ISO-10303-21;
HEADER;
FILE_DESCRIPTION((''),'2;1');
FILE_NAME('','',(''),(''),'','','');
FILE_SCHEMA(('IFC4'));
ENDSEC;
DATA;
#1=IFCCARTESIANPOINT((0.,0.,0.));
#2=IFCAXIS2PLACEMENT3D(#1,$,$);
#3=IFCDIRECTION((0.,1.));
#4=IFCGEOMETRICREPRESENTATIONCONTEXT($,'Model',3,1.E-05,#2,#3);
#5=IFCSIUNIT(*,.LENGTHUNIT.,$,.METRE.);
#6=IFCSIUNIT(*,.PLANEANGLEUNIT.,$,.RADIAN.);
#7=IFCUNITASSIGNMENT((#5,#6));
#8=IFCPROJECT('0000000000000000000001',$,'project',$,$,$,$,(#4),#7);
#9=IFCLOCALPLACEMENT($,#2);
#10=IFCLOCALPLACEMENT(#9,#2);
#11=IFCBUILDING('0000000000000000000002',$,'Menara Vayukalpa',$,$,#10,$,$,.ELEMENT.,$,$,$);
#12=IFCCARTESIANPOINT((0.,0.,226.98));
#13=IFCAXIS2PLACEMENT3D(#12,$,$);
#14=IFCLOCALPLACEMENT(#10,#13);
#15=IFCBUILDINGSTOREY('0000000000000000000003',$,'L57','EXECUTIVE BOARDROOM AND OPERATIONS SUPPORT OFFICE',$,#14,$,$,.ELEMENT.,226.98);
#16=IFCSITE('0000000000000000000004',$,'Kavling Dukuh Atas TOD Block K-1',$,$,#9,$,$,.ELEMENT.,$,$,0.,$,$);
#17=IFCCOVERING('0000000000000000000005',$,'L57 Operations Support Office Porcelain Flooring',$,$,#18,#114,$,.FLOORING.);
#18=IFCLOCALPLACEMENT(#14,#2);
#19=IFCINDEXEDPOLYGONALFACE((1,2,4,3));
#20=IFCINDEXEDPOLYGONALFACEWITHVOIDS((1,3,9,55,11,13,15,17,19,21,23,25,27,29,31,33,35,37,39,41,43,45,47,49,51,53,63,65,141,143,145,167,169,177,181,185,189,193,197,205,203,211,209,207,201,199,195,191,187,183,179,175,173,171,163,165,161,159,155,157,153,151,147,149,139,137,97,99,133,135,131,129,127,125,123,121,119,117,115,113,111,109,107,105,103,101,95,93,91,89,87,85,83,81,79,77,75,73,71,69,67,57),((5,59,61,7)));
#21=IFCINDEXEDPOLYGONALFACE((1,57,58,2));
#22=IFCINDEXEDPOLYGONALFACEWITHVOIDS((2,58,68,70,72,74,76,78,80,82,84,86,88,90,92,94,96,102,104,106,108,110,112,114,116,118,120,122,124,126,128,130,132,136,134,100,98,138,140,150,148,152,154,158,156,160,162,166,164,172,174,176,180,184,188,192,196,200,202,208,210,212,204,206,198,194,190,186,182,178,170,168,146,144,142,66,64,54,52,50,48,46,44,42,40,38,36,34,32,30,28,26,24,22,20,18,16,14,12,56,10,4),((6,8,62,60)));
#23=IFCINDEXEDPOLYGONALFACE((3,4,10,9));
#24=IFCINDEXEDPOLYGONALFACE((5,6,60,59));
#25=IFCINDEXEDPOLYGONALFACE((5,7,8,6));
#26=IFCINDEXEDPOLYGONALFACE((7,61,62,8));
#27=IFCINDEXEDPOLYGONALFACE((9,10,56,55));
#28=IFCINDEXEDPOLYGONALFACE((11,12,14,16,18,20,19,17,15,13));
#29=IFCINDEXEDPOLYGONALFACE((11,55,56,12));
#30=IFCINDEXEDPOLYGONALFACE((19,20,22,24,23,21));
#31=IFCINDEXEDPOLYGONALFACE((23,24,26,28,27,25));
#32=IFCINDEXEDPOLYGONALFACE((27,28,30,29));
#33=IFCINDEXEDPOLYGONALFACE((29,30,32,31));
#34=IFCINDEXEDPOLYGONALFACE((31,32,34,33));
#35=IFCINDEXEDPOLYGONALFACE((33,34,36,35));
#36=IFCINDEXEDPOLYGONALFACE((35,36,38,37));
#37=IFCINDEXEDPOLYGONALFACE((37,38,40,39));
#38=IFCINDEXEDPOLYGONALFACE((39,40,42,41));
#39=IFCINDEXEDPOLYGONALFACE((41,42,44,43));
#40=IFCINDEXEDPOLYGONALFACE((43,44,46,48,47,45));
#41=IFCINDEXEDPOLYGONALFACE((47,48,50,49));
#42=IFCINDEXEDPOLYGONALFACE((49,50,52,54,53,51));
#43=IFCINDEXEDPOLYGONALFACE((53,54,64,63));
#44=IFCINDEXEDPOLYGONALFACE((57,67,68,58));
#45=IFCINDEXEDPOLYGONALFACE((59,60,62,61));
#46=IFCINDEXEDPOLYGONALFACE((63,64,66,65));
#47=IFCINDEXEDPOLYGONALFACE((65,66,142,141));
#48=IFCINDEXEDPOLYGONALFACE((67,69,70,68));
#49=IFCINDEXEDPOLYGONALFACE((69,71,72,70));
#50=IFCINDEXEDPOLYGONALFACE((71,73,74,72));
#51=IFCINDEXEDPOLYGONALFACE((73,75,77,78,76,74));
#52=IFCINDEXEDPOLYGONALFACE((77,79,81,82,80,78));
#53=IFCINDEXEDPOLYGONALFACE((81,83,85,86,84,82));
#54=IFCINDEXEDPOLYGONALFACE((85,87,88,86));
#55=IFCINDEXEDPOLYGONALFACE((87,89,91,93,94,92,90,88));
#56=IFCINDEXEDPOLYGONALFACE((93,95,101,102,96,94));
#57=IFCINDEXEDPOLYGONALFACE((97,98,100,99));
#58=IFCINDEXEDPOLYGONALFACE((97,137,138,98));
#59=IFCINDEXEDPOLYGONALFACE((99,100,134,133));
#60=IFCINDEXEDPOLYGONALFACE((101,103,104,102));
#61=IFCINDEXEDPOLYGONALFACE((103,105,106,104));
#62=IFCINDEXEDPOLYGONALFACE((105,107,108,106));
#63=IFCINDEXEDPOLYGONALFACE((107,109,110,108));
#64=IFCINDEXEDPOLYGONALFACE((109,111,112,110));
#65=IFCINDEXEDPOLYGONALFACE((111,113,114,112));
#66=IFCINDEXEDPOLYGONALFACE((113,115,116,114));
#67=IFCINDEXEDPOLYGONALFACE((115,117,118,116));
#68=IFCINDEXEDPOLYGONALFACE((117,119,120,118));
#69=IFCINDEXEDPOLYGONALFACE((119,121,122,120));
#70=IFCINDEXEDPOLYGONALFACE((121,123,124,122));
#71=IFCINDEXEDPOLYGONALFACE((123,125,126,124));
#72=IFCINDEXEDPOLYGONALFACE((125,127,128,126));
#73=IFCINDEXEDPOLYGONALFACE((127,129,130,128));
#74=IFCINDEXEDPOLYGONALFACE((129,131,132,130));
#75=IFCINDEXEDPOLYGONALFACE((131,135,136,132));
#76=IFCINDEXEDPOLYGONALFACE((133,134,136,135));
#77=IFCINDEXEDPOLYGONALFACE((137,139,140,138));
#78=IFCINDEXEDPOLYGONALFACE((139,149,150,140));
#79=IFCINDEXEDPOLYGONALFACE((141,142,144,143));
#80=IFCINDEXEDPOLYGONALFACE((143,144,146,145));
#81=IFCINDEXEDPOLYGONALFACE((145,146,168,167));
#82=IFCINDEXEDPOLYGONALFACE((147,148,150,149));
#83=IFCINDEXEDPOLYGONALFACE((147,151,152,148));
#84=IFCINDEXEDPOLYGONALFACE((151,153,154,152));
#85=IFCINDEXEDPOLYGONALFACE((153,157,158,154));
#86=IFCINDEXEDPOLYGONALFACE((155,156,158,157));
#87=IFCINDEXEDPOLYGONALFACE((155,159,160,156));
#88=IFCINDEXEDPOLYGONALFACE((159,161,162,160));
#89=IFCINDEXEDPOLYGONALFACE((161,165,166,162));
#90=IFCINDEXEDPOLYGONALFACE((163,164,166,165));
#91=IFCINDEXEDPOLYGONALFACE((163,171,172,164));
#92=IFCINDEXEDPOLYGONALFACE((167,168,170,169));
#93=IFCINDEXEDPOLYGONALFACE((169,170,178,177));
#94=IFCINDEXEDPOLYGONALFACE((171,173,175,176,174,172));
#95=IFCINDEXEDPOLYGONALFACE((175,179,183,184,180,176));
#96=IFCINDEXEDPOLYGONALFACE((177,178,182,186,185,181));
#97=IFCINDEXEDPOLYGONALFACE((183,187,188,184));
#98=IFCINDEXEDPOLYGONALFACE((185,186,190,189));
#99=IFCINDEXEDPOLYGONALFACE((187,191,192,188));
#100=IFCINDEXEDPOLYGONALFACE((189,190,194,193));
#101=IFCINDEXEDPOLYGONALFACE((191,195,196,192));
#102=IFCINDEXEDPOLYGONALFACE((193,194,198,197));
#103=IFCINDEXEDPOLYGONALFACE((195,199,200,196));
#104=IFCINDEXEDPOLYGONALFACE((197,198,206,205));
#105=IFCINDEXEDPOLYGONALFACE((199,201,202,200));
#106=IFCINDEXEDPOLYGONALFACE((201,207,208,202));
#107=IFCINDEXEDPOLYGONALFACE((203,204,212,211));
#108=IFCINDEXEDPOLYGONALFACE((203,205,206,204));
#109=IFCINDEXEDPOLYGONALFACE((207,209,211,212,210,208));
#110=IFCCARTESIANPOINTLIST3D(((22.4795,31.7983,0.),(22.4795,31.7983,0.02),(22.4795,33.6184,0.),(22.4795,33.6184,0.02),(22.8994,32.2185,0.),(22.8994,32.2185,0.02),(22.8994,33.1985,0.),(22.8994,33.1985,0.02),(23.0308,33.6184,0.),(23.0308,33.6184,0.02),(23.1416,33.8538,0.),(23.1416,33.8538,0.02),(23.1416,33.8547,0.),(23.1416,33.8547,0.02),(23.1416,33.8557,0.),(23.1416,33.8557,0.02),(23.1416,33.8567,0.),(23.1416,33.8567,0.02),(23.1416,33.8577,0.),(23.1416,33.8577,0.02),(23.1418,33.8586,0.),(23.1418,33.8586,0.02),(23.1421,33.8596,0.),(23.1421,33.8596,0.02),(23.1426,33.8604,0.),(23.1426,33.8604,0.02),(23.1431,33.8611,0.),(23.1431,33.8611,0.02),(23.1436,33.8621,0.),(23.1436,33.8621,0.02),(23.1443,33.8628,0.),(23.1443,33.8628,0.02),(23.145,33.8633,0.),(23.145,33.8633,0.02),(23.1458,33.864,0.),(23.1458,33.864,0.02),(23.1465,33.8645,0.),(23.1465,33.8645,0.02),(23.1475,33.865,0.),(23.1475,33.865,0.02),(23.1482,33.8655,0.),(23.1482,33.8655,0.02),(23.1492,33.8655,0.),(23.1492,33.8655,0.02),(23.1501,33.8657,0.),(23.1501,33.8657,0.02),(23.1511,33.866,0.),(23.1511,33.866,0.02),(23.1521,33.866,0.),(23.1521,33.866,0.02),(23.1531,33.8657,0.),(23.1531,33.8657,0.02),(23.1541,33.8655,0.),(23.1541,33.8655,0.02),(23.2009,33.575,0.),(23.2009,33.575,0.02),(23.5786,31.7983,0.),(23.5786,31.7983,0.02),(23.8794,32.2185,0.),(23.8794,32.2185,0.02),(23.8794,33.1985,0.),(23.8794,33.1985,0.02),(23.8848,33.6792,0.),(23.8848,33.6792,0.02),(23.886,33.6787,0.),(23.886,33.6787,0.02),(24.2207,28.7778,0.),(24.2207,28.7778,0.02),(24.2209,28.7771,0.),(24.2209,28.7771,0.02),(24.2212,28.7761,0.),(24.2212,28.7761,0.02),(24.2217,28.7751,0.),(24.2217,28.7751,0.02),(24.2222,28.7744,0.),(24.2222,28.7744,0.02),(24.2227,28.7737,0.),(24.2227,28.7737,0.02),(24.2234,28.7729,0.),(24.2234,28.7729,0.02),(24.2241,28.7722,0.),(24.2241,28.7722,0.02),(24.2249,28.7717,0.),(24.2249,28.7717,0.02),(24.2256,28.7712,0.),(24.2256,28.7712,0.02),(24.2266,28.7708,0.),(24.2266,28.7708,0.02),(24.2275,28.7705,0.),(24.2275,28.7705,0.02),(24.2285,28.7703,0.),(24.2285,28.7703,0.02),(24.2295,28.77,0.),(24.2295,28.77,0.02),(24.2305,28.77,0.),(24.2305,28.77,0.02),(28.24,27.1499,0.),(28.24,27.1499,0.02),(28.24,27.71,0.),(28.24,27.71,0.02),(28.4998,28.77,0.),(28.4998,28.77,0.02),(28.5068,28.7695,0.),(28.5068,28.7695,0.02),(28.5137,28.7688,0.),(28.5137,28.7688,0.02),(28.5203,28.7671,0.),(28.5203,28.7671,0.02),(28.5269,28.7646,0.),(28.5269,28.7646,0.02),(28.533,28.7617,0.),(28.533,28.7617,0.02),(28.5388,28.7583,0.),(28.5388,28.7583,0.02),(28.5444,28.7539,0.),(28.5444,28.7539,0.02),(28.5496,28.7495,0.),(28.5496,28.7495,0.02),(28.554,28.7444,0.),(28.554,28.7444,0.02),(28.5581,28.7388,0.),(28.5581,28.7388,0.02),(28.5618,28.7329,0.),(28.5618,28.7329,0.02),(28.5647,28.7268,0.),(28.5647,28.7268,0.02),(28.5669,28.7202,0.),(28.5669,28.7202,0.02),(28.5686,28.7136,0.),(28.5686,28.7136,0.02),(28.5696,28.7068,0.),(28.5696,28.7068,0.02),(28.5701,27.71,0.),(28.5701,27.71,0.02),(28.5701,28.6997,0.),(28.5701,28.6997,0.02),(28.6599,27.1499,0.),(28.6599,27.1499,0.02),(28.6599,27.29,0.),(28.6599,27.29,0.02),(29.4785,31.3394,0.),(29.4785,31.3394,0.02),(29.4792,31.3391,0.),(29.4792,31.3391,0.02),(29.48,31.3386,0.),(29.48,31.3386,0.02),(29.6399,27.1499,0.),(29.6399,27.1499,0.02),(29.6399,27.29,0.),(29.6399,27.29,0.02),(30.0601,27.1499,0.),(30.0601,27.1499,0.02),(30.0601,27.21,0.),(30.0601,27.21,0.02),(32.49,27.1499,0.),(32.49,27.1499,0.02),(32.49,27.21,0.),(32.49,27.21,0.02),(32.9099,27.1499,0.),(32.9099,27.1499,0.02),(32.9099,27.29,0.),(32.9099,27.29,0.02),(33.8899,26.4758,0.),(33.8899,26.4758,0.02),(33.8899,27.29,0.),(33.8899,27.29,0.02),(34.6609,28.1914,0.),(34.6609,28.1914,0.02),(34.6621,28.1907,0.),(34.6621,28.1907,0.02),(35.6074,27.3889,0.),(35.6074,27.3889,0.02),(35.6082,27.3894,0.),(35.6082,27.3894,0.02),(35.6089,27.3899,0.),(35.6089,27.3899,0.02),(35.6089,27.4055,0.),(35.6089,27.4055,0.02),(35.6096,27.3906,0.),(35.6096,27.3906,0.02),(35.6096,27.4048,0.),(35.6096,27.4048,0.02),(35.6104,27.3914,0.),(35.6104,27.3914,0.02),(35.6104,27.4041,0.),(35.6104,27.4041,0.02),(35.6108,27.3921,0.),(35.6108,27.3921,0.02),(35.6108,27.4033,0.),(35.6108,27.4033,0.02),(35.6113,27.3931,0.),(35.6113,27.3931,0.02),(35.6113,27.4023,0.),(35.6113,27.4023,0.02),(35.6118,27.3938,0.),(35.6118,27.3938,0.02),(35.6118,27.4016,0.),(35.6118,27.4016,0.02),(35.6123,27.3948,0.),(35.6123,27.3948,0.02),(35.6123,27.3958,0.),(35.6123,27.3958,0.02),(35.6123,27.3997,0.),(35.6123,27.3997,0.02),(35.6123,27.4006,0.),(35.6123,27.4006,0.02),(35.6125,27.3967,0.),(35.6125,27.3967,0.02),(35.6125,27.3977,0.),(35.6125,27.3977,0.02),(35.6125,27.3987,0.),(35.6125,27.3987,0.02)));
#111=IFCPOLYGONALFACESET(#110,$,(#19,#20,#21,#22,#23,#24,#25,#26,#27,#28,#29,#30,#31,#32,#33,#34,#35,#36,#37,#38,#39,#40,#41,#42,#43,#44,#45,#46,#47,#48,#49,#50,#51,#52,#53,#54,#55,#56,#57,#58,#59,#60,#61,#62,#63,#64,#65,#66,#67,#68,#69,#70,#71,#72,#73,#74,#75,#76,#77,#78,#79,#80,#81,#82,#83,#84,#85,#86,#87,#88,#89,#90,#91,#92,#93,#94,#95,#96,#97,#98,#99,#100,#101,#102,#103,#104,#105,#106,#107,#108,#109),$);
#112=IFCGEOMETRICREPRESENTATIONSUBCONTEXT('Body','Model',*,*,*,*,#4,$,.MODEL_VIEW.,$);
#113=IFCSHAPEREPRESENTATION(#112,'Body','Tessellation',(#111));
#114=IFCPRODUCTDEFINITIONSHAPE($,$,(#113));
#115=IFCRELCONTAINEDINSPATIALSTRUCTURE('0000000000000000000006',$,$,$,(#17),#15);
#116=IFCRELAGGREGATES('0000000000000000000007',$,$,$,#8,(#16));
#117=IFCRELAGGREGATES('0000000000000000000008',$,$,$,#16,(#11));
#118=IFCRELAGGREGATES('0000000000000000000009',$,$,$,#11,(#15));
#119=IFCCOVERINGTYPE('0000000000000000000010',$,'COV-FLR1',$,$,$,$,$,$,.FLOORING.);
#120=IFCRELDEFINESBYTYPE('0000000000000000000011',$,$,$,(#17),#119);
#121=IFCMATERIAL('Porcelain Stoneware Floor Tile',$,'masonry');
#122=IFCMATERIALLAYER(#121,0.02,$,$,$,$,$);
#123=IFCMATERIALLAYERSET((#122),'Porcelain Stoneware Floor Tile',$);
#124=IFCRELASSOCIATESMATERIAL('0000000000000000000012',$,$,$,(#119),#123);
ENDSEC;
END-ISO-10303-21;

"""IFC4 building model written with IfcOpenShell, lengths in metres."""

from ifc_helpers import new_model, si_unit, direction, frame, origin, place, context, subcontext, project, spatial, polyline, outline, extrude, material, layer, layer_set, type_object, element, save


model = new_model("IFC4")

# Units and contexts
model_context = context("Model", 3, precision=1e-05, world=origin(), true_north=direction((0.0, 1.0)))
body_context = subcontext(model_context, "Body", "Model", "MODEL_VIEW")
ifc_project = project(units=[si_unit("LENGTHUNIT", "METRE"), si_unit("PLANEANGLEUNIT", "RADIAN")], contexts=[model_context])

# Site, building, storey
site_placement = place(None, origin())
site = spatial("IfcSite", under=ifc_project, at=site_placement, Name="Kavling Dukuh Atas TOD Block K-1", CompositionType="ELEMENT", RefElevation=0.0)
building_placement = place(site_placement, origin())
building = spatial("IfcBuilding", under=site, at=building_placement, Name="Menara Vayukalpa", CompositionType="ELEMENT")
storey_placement = place(building_placement, frame((0.0, 0.0, 226.98)))
storey = spatial("IfcBuildingStorey", under=building, at=storey_placement, Name="L57", Description="EXECUTIVE BOARDROOM AND OPERATIONS SUPPORT OFFICE", CompositionType="ELEMENT", Elevation=226.98)

# Covering
ifc_material_1 = material(Name="Porcelain Stoneware Floor Tile", Category="masonry")
ifc_layer_1 = layer(ifc_material_1, 0.02)
ifc_layer_set_1 = layer_set([ifc_layer_1], Name="Porcelain Stoneware Floor Tile")
covering_type_1 = type_object("IfcCoveringType", Name="COV-FLR1", PredefinedType="FLOORING", material=ifc_layer_set_1)
covering_1_placement = place(storey_placement, origin())
element("IfcCovering", 1, at=covering_1_placement, inside=storey, type_object=covering_type_1, Name="L57 Operations Support Office Porcelain Flooring", PredefinedType="FLOORING", context=body_context, shape_type="SweptSolid", body=[
    extrude(outline(polyline([(29.6399, 27.1499), (29.6399, 27.29), (28.6599, 27.29), (28.6599, 27.1499), (28.24, 27.1499), (28.24, 27.71), (28.5701, 27.71), (28.5701, 28.6997), (28.5696, 28.7068), (28.5686, 28.7136), (28.5669, 28.7202), (28.5647, 28.7268), (28.5618, 28.7329), (28.5581, 28.7388), (28.554, 28.7444), (28.5496, 28.7495), (28.5444, 28.7539), (28.5388, 28.7583), (28.533, 28.7617), (28.5269, 28.7646), (28.5203, 28.7671), (28.5137, 28.7688), (28.5068, 28.7695), (28.4998, 28.77), (24.2305, 28.77), (24.2295, 28.77), (24.2285, 28.7703), (24.2275, 28.7705), (24.2266, 28.7708), (24.2256, 28.7712), (24.2249, 28.7717), (24.2241, 28.7722), (24.2234, 28.7729), (24.2227, 28.7737), (24.2222, 28.7744), (24.2217, 28.7751), (24.2212, 28.7761), (24.2209, 28.7771), (24.2207, 28.7778), (23.5786, 31.7983), (22.4795, 31.7983), (22.4795, 33.6184), (23.0308, 33.6184), (23.2009, 33.575), (23.1416, 33.8538), (23.1416, 33.8547), (23.1416, 33.8557), (23.1416, 33.8567), (23.1416, 33.8577), (23.1418, 33.8586), (23.1421, 33.8596), (23.1426, 33.8604), (23.1431, 33.8611), (23.1436, 33.8621), (23.1443, 33.8628), (23.145, 33.8633), (23.1458, 33.864), (23.1465, 33.8645), (23.1475, 33.865), (23.1482, 33.8655), (23.1492, 33.8655), (23.1501, 33.8657), (23.1511, 33.866), (23.1521, 33.866), (23.1531, 33.8657), (23.1541, 33.8655), (23.8848, 33.6792), (23.886, 33.6787), (29.4785, 31.3394), (29.4792, 31.3391), (29.48, 31.3386), (34.6609, 28.1914), (34.6621, 28.1907), (35.6089, 27.4055), (35.6096, 27.4048), (35.6104, 27.4041), (35.6108, 27.4033), (35.6113, 27.4023), (35.6118, 27.4016), (35.6123, 27.4006), (35.6123, 27.3997), (35.6125, 27.3987), (35.6125, 27.3977), (35.6125, 27.3967), (35.6123, 27.3958), (35.6123, 27.3948), (35.6118, 27.3938), (35.6113, 27.3931), (35.6108, 27.3921), (35.6104, 27.3914), (35.6096, 27.3906), (35.6089, 27.3899), (35.6082, 27.3894), (35.6074, 27.3889), (33.8899, 26.4758), (33.8899, 27.29), (32.9099, 27.29), (32.9099, 27.1499), (32.49, 27.1499), (32.49, 27.21), (30.0601, 27.21), (30.0601, 27.1499), (29.6399, 27.1499)]), holes=[polyline([(23.8794, 33.1985), (22.8994, 33.1985), (22.8994, 32.2185), (23.8794, 32.2185), (23.8794, 33.1985)])]), origin(), (0.0, 0.0, 1.0), 0.02),
])

save(model, "model.ifc")
